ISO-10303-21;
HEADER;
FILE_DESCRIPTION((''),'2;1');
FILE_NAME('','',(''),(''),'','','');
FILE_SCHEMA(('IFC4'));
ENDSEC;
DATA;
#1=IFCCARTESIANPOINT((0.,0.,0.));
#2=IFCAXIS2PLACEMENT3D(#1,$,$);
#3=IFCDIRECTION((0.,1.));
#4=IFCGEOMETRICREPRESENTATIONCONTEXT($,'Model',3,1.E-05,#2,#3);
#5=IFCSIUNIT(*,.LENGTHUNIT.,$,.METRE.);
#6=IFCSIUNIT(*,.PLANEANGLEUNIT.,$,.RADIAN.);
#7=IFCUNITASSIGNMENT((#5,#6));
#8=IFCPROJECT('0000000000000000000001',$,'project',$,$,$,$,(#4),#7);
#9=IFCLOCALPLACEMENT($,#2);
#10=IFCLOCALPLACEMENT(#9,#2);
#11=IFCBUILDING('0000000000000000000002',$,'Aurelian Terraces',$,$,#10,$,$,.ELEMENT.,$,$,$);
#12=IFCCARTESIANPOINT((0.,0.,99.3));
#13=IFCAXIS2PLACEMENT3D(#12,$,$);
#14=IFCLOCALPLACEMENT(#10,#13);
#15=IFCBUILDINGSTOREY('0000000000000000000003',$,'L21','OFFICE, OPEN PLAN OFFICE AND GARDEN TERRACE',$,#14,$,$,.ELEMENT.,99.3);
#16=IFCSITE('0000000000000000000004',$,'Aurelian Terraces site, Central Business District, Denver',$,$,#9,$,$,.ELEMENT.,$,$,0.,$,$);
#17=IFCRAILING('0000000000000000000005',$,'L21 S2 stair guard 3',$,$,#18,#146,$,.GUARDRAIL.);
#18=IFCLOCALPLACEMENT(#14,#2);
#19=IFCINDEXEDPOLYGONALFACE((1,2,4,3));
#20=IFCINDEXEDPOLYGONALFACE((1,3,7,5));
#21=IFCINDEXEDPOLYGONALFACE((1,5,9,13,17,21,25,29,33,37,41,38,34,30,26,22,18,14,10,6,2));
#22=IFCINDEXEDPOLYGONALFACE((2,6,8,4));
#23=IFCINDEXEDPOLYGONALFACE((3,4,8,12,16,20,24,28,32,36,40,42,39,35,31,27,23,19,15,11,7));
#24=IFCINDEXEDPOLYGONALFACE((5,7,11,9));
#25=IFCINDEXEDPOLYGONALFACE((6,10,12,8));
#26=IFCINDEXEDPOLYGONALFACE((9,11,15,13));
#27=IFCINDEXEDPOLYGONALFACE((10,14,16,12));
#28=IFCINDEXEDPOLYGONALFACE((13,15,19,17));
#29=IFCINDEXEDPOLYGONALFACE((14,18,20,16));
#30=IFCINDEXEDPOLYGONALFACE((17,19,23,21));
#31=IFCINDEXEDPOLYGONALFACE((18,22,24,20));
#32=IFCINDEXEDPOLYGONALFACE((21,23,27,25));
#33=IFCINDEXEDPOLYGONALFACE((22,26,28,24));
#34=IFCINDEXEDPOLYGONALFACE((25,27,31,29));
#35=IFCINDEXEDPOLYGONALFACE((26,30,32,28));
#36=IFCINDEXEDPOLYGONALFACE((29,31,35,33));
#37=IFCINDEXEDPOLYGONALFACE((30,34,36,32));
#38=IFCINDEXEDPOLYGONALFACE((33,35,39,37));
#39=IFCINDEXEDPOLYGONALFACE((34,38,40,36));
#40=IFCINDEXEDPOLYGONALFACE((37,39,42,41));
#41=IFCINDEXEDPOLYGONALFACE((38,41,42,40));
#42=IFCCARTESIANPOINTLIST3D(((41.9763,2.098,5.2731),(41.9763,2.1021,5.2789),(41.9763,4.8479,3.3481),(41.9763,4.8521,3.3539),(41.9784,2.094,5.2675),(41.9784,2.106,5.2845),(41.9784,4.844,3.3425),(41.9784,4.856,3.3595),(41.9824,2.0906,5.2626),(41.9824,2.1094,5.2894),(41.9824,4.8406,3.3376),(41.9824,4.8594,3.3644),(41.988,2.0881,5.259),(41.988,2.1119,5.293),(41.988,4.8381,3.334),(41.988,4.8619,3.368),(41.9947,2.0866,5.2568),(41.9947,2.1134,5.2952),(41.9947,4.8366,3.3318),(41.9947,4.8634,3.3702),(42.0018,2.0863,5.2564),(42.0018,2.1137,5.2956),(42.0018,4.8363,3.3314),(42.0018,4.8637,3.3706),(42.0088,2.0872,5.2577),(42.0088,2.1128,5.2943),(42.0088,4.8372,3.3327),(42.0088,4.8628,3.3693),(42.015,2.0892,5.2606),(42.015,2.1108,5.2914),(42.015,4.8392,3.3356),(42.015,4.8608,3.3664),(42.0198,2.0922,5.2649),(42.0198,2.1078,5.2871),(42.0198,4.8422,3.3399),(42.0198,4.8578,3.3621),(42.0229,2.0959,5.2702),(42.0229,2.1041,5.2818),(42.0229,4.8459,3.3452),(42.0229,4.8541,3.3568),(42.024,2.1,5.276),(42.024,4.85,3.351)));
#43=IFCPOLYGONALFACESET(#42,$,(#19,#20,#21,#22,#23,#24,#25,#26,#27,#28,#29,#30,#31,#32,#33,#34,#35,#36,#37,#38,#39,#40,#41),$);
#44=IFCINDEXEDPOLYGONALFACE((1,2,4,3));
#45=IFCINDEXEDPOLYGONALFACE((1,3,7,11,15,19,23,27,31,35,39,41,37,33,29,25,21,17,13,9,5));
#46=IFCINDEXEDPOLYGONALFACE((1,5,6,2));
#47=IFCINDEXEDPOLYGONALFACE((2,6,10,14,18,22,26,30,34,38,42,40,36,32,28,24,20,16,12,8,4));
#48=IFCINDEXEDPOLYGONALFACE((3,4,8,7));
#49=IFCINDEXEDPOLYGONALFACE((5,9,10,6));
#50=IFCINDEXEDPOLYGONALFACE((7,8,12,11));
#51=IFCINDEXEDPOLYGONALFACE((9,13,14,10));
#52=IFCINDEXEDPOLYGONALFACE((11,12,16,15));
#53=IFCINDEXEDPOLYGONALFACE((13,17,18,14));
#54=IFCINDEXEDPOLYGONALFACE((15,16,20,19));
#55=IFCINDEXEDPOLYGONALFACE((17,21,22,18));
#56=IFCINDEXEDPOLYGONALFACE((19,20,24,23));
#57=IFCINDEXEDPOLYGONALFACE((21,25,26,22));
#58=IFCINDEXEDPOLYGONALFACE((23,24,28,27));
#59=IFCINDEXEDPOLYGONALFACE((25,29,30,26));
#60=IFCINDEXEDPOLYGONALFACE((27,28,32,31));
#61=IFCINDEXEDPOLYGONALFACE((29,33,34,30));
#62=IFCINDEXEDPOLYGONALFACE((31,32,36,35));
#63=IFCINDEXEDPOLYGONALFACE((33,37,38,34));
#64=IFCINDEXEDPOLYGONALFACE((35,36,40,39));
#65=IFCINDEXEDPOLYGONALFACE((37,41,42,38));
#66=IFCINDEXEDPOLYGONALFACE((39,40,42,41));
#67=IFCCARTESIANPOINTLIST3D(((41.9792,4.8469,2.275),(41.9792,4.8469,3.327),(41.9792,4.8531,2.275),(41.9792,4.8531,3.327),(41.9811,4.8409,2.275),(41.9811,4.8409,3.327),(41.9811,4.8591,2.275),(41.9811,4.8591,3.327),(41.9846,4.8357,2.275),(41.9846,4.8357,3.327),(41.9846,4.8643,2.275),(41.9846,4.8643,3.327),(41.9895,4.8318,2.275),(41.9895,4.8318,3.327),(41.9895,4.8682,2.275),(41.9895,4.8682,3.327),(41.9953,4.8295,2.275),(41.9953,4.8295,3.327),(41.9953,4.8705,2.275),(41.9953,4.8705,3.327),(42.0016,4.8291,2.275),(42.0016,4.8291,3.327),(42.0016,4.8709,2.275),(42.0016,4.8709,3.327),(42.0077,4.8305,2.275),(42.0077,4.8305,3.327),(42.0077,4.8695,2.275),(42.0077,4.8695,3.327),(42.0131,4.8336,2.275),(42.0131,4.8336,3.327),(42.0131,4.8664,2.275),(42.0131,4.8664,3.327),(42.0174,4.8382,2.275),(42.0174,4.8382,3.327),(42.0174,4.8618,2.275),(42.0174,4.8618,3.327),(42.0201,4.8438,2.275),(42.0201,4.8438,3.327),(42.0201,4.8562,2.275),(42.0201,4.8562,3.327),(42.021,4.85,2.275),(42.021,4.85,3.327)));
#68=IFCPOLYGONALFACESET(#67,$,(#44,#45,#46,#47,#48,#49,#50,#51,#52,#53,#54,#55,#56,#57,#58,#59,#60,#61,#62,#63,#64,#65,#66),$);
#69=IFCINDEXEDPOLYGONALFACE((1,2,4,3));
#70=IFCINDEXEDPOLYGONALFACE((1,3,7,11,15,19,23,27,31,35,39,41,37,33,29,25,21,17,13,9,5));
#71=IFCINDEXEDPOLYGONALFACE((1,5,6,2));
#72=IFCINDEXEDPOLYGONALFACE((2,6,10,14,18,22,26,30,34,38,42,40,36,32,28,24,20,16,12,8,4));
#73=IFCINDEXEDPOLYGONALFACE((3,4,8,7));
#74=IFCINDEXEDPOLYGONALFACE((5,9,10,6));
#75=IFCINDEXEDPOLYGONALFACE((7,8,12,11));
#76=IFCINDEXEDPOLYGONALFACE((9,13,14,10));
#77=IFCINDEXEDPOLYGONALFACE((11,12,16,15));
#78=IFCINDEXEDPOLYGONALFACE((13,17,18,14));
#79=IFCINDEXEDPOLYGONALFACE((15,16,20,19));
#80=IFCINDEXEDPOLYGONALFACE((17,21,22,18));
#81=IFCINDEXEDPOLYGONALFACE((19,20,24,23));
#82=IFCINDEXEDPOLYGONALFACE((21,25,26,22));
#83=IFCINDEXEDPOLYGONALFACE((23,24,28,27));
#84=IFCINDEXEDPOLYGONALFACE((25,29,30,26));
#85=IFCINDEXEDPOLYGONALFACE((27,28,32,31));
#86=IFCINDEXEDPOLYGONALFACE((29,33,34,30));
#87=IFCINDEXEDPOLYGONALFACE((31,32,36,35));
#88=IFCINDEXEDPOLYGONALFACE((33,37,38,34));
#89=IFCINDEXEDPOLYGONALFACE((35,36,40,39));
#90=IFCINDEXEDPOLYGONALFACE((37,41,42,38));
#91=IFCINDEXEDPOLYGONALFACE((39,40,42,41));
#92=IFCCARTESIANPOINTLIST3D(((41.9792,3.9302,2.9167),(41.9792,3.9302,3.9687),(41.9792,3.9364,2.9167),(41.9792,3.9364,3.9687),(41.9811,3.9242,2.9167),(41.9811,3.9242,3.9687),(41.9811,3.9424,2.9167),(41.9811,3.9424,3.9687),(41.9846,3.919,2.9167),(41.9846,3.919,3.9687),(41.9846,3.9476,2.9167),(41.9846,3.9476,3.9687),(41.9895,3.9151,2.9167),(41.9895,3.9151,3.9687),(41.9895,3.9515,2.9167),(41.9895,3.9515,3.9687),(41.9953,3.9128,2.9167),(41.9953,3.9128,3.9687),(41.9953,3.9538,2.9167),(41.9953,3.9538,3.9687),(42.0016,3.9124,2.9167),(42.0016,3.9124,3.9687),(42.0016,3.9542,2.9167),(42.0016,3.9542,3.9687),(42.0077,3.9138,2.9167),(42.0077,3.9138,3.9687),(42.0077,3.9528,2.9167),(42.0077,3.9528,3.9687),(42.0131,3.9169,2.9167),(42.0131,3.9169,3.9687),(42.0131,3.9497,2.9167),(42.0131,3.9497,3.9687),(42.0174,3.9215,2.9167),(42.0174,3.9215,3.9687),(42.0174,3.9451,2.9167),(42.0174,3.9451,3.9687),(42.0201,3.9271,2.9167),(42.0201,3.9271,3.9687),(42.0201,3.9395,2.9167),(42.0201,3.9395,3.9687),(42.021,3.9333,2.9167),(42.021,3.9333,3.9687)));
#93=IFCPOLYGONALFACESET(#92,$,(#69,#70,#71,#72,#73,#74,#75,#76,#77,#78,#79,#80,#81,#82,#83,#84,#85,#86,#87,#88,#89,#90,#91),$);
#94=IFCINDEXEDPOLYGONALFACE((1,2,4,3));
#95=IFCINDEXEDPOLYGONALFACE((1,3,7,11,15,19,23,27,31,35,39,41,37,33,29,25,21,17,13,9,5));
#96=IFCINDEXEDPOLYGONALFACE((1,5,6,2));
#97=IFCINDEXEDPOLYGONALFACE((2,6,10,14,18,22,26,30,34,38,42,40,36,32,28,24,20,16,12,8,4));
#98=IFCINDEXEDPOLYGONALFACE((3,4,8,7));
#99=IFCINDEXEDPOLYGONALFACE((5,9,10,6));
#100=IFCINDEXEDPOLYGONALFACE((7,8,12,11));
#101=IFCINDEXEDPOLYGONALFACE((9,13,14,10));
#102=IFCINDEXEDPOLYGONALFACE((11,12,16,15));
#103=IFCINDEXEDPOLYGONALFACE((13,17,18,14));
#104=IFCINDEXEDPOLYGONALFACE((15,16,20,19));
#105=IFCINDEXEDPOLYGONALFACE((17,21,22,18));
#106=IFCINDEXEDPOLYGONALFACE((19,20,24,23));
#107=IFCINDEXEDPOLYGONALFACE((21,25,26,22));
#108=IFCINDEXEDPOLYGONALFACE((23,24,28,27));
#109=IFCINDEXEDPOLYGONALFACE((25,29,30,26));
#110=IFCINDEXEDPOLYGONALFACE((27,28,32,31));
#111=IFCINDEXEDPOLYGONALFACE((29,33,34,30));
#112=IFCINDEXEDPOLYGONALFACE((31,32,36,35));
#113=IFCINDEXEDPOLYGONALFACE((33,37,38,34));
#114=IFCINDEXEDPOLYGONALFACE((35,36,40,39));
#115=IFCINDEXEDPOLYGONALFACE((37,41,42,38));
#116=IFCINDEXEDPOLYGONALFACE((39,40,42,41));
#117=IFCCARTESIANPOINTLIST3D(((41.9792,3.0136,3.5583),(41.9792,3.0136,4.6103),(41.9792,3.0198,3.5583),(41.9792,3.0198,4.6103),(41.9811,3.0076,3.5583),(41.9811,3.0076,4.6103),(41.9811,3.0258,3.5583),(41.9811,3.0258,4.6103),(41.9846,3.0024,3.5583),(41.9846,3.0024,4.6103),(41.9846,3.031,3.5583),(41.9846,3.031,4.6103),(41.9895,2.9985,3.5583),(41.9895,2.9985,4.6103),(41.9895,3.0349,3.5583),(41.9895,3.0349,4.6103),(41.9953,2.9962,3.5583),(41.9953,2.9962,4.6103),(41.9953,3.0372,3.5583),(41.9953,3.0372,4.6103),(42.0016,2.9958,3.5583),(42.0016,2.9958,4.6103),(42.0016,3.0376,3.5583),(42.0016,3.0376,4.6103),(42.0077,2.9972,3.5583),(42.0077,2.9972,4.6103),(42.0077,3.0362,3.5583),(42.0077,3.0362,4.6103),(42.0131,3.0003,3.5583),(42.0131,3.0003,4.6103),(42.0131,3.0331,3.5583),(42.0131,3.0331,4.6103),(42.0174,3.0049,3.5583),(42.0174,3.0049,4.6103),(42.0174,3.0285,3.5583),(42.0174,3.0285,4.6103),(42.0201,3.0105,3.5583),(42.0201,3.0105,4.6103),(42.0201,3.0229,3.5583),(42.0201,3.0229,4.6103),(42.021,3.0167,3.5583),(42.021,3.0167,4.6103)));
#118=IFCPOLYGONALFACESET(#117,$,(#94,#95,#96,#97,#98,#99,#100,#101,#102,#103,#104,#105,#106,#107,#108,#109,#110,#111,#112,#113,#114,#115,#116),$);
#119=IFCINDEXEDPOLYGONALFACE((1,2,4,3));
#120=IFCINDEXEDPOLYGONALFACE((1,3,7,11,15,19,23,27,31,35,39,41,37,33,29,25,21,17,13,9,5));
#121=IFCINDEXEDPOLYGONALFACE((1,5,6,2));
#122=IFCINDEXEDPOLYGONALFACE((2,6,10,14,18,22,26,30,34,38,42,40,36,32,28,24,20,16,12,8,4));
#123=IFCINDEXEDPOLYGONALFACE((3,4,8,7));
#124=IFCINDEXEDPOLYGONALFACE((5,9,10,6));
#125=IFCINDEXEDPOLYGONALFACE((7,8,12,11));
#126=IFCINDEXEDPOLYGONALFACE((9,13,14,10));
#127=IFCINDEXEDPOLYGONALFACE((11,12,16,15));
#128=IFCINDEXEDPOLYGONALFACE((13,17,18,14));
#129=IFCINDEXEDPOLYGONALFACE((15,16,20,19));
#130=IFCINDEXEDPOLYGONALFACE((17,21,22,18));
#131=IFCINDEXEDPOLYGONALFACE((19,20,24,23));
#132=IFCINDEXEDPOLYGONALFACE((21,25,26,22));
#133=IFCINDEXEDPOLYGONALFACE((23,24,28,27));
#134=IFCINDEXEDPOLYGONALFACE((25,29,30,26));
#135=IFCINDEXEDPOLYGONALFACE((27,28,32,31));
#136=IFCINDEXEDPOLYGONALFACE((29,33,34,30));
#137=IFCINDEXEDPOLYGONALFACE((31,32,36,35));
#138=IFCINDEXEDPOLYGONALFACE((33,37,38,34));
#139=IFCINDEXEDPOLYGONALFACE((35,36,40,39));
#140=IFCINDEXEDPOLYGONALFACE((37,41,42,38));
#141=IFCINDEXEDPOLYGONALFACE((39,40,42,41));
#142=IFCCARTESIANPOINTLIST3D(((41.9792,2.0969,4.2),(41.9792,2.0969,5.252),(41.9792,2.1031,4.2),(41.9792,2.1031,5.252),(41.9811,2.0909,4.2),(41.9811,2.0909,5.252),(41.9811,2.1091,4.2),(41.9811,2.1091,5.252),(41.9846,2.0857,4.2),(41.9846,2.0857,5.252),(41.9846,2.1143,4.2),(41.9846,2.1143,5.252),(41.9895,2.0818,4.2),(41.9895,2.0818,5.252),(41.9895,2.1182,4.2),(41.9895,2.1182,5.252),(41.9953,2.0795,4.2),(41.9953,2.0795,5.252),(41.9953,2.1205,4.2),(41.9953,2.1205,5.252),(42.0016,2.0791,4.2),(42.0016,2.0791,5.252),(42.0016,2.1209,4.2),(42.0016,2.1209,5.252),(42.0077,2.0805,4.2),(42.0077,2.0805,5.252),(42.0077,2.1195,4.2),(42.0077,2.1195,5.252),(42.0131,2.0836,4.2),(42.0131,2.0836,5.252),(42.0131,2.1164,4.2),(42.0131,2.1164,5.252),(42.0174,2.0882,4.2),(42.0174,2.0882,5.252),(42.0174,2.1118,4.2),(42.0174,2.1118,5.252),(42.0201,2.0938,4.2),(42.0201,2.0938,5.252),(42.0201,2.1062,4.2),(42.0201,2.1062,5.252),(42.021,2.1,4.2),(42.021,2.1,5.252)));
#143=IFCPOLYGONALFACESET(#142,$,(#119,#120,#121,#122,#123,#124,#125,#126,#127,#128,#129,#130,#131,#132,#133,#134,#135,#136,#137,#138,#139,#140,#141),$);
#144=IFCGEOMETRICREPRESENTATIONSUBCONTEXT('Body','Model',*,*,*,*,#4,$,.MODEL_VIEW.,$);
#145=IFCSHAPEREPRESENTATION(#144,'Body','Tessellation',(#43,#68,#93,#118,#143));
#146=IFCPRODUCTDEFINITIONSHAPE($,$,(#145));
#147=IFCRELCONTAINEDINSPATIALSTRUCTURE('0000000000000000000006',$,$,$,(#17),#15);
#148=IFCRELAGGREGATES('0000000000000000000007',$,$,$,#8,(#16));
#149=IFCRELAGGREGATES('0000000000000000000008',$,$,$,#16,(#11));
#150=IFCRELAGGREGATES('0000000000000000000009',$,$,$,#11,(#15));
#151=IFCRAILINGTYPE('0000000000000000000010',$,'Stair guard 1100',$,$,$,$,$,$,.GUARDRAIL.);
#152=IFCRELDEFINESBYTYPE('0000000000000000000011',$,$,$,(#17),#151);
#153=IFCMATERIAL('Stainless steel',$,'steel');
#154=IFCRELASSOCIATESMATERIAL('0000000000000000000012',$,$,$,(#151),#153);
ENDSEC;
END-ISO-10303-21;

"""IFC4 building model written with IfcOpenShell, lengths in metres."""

from ifc_helpers import new_model, si_unit, direction, frame, origin, origin_2d, place, context, subcontext, project, spatial, circle, extrude, source, transform, mapped, material, type_object, element, save


model = new_model("IFC4")

# Units and contexts
model_context = context("Model", 3, precision=1e-05, world=origin(), true_north=direction((0.0, 1.0)))
body_context = subcontext(model_context, "Body", "Model", "MODEL_VIEW")
ifc_project = project(units=[si_unit("LENGTHUNIT", "METRE"), si_unit("PLANEANGLEUNIT", "RADIAN")], contexts=[model_context])

# Site, building, storey
site_placement = place(None, origin())
site = spatial("IfcSite", under=ifc_project, at=site_placement, Name="Aurelian Terraces site, Central Business District, Denver", CompositionType="ELEMENT", RefElevation=0.0)
building_placement = place(site_placement, origin())
building = spatial("IfcBuilding", under=site, at=building_placement, Name="Aurelian Terraces", CompositionType="ELEMENT")
storey_placement = place(building_placement, frame((0.0, 0.0, 99.3)))
storey = spatial("IfcBuildingStorey", under=building, at=storey_placement, Name="L21", Description="OFFICE, OPEN PLAN OFFICE AND GARDEN TERRACE", CompositionType="ELEMENT", Elevation=99.3)

# Railing
ifc_material_1 = material(Name="Stainless steel", Category="steel")
railing_type_1 = type_object("IfcRailingType", Name="Stair guard 1100", PredefinedType="GUARDRAIL", material=ifc_material_1)
shared_shape_1 = source(origin(), body_context, "Body", "SweptSolid", [
    extrude(circle(Radius=0.024, at=origin_2d()), frame((0.0, 0.0, 1.076), z_axis=(0.0, -0.819232, 0.573462), x_axis=(1.0, 0.0, 0.0)), (0.0, 0.0, 1.0), 3.3568),
    extrude(circle(Radius=0.021, at=origin_2d()), origin(), (0.0, 0.0, 1.0), 1.052),
    extrude(circle(Radius=0.021, at=origin_2d()), frame((0.0, -0.9167, 0.6417)), (0.0, 0.0, 1.0), 1.052),
    extrude(circle(Radius=0.021, at=origin_2d()), frame((0.0, -1.8333, 1.2833)), (0.0, 0.0, 1.0), 1.052),
    extrude(circle(Radius=0.021, at=origin_2d()), frame((0.0, -2.75, 1.925)), (0.0, 0.0, 1.0), 1.052),
])
railing_1_placement = place(storey_placement, frame((42.0, 4.85, 2.275)))
element("IfcRailing", 1, at=railing_1_placement, inside=storey, type_object=railing_type_1, Name="L21 S2 stair guard 3", PredefinedType="GUARDRAIL", context=body_context, shape_type="MappedRepresentation", body=[
    mapped(shared_shape_1, transform((0.0, 0.0, 0.0), scale=1.0)),
])

save(model, "model.ifc")
